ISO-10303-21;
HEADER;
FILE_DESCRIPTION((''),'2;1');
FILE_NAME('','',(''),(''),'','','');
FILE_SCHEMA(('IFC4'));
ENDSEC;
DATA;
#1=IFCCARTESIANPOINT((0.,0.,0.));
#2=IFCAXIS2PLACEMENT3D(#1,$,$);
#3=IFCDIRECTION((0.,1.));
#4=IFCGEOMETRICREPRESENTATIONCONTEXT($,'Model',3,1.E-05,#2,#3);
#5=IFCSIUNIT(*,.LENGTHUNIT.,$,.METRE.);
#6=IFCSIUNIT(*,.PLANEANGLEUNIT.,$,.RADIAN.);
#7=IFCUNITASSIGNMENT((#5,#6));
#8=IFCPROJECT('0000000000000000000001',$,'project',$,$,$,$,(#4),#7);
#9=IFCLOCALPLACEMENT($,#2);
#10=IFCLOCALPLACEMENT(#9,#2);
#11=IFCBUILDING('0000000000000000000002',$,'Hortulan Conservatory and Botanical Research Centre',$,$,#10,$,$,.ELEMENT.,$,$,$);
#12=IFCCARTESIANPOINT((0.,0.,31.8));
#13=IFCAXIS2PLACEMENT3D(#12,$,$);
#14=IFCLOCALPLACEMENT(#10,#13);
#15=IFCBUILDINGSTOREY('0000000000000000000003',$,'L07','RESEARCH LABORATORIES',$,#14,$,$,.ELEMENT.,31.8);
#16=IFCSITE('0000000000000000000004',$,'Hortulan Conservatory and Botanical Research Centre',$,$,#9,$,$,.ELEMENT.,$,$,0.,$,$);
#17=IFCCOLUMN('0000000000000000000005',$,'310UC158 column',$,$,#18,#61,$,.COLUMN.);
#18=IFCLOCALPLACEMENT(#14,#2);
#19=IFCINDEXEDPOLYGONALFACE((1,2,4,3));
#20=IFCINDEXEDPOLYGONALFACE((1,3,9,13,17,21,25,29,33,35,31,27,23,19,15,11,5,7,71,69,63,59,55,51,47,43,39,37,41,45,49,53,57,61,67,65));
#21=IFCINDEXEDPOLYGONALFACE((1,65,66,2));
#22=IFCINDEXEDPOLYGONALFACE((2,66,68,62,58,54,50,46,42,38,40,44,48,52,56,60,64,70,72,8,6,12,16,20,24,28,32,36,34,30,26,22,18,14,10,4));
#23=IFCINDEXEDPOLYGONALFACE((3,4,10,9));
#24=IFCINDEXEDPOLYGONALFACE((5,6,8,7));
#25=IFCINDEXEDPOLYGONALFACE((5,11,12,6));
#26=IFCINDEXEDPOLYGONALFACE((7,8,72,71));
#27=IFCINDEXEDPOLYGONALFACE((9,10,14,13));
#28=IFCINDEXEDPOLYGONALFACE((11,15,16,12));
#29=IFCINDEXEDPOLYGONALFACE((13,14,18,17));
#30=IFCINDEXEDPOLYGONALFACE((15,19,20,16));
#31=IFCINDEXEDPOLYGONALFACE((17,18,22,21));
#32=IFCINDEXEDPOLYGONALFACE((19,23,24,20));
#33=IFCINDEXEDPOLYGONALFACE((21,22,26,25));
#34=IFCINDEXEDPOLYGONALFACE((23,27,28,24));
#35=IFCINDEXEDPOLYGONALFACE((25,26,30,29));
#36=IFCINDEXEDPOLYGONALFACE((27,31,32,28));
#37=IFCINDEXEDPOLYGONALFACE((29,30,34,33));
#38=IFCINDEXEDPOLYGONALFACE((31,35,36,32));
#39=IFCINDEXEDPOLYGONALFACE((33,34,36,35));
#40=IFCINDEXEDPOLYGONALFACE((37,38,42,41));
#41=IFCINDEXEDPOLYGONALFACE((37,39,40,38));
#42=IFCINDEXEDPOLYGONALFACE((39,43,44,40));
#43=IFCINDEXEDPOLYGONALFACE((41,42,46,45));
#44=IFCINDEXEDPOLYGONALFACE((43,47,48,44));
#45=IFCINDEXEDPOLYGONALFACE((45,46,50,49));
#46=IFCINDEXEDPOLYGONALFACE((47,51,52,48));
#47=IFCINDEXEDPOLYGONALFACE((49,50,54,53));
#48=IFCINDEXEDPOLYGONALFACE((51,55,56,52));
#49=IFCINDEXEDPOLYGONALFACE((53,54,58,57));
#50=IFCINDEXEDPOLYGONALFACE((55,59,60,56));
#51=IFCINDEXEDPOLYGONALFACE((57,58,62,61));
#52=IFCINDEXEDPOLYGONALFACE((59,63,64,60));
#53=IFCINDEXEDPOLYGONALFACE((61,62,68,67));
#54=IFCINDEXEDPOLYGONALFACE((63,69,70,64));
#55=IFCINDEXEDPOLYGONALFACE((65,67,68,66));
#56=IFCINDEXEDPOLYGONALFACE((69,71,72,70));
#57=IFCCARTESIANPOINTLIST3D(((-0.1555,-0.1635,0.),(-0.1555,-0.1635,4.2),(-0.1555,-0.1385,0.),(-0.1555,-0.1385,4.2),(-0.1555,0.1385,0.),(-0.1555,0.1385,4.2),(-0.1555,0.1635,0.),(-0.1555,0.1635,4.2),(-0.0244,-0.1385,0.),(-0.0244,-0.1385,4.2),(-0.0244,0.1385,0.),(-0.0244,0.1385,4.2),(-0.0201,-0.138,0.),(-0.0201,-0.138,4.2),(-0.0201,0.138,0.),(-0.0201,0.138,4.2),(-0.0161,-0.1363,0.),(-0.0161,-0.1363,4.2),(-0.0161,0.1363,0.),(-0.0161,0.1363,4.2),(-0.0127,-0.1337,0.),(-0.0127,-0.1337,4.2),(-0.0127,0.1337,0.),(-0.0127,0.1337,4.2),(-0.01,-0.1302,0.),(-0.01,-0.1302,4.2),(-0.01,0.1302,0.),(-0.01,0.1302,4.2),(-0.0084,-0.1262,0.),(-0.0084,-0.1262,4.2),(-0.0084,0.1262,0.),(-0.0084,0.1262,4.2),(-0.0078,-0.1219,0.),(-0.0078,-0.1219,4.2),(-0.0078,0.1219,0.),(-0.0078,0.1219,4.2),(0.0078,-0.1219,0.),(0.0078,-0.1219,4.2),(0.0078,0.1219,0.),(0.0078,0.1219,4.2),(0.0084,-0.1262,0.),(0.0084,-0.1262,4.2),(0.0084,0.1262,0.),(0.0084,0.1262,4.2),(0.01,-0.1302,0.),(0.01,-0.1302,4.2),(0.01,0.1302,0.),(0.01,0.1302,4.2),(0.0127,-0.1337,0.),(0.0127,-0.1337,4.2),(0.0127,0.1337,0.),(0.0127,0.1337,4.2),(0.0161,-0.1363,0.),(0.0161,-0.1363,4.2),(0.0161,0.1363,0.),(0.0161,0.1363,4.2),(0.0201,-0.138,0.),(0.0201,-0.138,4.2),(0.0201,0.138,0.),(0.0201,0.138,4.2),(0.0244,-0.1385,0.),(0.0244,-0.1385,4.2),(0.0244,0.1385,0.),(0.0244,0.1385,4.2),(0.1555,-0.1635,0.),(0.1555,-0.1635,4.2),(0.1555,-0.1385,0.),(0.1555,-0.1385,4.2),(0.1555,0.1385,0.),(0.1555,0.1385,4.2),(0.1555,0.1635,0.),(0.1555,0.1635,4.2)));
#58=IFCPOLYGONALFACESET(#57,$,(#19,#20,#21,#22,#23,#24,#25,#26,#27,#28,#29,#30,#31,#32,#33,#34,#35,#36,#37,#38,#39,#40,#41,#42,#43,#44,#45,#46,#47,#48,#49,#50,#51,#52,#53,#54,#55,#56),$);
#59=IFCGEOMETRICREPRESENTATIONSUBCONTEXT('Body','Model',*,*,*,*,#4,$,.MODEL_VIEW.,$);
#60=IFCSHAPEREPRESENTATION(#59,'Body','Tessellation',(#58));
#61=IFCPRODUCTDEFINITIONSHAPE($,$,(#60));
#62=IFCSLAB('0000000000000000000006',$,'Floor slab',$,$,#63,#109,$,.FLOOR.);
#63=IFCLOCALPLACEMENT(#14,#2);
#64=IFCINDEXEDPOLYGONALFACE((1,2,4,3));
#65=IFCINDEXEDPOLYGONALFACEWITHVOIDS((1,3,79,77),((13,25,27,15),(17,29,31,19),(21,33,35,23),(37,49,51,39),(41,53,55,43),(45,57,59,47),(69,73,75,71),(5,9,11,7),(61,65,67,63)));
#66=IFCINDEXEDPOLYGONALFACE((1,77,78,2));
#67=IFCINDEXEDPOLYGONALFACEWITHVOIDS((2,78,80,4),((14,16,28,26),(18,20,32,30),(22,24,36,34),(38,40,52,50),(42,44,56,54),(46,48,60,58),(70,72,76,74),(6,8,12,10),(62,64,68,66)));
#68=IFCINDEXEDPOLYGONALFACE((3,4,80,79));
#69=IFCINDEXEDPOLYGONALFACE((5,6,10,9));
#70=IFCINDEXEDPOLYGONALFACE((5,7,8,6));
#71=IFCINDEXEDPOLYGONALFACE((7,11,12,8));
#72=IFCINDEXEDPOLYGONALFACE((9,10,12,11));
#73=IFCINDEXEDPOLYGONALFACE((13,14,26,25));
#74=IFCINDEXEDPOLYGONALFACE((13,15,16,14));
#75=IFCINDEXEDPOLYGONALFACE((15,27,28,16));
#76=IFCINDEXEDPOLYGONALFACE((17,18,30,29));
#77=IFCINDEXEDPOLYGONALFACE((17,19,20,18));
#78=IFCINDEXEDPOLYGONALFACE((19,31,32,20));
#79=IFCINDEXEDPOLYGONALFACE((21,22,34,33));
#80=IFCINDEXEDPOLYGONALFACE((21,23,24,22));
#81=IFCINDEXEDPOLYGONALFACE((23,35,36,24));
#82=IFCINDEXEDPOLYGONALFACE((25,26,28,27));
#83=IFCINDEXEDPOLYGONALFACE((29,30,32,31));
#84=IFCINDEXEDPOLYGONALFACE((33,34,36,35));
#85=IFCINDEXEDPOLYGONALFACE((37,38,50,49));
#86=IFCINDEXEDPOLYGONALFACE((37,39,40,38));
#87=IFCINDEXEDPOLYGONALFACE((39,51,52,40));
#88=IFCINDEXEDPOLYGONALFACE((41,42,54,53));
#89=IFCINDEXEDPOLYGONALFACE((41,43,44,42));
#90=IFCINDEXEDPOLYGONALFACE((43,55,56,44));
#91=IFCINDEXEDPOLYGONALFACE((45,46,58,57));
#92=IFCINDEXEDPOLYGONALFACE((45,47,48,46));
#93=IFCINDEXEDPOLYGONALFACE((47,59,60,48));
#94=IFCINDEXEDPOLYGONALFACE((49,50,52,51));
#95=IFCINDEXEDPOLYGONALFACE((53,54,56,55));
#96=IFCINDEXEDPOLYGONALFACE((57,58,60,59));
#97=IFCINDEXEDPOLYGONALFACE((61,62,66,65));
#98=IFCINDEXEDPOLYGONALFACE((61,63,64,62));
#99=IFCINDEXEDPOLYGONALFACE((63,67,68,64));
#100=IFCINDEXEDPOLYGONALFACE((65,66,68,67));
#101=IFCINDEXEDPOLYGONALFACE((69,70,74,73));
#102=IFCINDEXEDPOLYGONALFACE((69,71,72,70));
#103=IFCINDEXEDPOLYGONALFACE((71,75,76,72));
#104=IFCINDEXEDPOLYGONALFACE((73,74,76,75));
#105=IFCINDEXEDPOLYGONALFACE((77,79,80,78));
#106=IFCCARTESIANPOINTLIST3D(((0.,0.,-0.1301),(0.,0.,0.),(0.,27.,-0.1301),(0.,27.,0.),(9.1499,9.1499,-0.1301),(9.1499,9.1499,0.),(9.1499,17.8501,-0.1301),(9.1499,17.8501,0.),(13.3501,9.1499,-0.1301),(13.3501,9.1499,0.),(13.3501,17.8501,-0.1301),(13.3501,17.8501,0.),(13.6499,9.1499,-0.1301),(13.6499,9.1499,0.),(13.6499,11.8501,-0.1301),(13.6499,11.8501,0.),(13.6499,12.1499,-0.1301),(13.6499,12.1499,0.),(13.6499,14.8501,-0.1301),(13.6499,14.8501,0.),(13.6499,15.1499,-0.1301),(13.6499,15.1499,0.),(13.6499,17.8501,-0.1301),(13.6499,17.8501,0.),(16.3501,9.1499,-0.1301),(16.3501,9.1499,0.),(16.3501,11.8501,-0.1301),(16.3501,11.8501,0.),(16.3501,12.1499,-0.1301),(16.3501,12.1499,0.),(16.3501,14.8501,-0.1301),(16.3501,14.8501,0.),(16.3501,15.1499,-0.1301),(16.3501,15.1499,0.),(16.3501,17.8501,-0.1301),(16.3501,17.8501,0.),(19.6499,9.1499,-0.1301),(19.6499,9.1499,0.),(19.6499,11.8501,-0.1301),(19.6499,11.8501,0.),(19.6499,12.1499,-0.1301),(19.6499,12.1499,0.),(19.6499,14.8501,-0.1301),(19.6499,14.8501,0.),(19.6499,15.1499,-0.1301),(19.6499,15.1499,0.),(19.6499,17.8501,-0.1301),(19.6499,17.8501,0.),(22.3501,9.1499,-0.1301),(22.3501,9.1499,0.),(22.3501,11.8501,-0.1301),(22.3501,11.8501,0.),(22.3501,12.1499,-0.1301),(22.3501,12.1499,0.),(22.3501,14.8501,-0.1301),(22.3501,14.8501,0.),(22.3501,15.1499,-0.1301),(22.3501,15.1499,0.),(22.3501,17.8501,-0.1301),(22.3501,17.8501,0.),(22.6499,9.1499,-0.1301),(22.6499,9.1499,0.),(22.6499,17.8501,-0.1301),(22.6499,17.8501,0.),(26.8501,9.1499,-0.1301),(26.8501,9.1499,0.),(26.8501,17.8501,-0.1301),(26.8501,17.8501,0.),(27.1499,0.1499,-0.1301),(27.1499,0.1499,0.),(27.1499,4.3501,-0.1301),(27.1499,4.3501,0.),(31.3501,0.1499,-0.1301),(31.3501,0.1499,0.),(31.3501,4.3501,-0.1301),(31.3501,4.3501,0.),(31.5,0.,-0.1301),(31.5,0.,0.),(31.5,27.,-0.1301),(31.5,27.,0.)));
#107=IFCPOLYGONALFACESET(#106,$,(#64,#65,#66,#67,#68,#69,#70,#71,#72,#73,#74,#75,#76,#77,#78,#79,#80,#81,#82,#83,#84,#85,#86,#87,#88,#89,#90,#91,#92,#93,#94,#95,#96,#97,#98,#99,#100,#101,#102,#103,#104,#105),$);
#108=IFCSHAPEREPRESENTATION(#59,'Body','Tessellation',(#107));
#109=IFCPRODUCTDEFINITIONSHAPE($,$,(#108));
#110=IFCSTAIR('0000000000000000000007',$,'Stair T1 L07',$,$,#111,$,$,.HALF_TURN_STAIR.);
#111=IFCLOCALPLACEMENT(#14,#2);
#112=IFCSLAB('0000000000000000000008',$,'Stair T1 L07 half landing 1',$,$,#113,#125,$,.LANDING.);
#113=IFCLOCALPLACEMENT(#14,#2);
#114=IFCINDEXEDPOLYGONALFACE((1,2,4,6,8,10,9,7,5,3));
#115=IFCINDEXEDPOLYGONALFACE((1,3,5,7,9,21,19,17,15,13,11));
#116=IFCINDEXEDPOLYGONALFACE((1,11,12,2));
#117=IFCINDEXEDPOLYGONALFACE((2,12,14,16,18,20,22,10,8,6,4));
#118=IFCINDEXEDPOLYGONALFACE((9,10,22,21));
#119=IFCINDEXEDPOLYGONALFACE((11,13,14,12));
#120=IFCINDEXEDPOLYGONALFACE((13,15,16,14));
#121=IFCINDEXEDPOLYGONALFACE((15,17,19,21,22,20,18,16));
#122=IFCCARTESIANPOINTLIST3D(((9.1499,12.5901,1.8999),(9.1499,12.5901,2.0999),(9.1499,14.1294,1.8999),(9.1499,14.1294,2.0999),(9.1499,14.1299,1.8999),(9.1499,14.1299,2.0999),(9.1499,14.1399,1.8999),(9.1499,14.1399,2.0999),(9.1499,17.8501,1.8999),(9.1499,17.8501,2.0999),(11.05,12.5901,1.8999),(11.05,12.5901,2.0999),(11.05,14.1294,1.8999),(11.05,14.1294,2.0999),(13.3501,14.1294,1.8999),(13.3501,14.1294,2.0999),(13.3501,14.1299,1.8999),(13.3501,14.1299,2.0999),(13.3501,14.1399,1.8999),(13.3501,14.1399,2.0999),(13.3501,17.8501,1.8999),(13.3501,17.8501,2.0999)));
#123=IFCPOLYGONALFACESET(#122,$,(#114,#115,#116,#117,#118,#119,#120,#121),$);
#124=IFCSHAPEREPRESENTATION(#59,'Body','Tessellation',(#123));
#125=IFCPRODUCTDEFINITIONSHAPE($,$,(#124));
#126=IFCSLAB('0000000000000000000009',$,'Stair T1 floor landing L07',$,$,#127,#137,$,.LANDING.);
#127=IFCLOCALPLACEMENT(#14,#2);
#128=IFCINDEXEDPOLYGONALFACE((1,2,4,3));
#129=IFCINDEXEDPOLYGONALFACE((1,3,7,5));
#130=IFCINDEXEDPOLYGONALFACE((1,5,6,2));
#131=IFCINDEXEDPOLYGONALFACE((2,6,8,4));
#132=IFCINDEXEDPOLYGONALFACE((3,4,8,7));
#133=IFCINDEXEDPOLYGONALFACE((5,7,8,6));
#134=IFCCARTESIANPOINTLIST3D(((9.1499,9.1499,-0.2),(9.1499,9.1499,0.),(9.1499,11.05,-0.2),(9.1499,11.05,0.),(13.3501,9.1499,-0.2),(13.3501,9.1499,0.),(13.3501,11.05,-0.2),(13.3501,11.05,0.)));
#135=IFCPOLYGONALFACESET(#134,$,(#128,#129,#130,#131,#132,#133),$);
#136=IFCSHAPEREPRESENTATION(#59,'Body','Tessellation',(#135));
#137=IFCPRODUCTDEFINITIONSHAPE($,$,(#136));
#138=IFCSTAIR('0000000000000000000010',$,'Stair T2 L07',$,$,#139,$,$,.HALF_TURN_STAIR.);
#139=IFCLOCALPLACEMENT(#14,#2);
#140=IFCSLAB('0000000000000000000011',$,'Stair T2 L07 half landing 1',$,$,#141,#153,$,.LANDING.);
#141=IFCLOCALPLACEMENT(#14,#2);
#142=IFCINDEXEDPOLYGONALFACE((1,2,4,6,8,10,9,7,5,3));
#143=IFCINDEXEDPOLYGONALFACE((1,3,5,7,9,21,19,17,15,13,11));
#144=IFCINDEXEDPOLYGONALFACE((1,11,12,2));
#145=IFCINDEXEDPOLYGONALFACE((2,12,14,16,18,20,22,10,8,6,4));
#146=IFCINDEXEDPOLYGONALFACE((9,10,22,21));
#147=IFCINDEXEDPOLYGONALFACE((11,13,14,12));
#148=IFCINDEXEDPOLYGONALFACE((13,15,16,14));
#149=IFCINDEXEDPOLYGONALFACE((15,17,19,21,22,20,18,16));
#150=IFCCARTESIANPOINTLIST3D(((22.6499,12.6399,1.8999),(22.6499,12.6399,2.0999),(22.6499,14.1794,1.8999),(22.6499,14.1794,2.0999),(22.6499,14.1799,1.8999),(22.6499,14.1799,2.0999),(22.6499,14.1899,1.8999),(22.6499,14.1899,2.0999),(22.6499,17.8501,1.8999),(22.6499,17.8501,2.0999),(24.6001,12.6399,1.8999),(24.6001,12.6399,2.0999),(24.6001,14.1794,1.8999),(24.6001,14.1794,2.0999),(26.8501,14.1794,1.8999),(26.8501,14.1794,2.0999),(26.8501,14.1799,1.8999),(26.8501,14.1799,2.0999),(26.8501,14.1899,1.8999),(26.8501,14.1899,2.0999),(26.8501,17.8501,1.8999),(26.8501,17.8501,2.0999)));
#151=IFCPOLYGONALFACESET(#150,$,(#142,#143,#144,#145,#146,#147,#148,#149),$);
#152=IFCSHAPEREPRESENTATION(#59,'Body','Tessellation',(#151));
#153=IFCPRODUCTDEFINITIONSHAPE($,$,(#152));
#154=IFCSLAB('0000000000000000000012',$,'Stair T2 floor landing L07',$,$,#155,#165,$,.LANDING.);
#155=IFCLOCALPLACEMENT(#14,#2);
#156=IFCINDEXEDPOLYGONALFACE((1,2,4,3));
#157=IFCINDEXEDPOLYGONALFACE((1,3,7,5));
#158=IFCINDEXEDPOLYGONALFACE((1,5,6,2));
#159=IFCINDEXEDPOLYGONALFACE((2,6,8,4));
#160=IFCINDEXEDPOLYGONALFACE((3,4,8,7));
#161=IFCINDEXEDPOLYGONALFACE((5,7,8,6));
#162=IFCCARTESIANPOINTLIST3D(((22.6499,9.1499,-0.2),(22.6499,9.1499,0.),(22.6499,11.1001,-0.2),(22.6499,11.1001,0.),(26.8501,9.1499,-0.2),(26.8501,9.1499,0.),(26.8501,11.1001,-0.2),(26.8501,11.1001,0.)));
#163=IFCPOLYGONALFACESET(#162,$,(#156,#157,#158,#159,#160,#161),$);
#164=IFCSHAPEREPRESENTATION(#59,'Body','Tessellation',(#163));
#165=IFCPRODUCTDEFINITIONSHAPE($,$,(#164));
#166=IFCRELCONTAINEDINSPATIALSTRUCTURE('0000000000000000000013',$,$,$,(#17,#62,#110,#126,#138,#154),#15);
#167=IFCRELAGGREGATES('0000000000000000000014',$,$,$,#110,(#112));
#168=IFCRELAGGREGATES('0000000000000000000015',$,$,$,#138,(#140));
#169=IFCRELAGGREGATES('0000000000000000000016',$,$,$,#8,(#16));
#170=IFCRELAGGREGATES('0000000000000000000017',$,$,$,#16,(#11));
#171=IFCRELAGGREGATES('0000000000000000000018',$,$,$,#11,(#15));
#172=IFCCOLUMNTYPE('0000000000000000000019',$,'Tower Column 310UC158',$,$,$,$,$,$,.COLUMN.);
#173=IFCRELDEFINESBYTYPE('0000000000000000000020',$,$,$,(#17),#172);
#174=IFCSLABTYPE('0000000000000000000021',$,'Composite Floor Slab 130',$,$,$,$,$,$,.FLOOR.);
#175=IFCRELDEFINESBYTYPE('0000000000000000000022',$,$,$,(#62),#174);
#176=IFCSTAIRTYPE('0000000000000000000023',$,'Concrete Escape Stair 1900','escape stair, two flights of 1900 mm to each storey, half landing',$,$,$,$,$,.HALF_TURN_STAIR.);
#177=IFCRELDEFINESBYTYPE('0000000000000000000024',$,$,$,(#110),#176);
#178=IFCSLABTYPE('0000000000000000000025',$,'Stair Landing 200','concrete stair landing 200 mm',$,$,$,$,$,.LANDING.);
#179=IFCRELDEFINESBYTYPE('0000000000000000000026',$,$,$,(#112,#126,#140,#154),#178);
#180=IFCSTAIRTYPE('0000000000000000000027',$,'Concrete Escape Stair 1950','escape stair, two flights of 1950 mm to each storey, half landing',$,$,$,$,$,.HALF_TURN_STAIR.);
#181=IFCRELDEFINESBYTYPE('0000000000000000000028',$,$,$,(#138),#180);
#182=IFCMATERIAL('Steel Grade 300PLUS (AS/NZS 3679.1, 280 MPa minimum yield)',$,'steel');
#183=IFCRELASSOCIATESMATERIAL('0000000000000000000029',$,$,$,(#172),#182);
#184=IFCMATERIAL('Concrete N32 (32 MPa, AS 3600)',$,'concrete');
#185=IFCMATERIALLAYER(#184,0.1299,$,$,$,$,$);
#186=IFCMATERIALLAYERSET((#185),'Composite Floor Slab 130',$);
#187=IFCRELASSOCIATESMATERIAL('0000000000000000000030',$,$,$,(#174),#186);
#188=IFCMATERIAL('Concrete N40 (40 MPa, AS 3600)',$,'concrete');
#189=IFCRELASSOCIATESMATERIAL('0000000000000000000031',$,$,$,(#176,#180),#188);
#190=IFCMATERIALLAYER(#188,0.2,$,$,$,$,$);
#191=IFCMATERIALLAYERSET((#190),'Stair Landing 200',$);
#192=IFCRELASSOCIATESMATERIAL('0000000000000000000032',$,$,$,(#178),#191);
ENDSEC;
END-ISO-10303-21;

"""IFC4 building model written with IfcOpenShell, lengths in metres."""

from ifc_helpers import new_model, si_unit, direction, frame, origin, origin_with_axes, origin_2d, place, context, subcontext, project, spatial, polyline, i_section, outline, extrude, material, layer, layer_set, material_profile, profile_set, type_object, element, aggregate, save


model = new_model("IFC4")

# Units and contexts
model_context = context("Model", 3, precision=1e-05, world=origin(), true_north=direction((0.0, 1.0)))
body_context = subcontext(model_context, "Body", "Model", "MODEL_VIEW")
ifc_project = project(units=[si_unit("LENGTHUNIT", "METRE"), si_unit("PLANEANGLEUNIT", "RADIAN")], contexts=[model_context])

# Site, building, storey
site_placement = place(None, origin())
site = spatial("IfcSite", under=ifc_project, at=site_placement, Name="Hortulan Conservatory and Botanical Research Centre", CompositionType="ELEMENT", RefElevation=0.0)
building_placement = place(site_placement, origin())
building = spatial("IfcBuilding", under=site, at=building_placement, Name="Hortulan Conservatory and Botanical Research Centre", CompositionType="ELEMENT")
storey_placement = place(building_placement, frame((0.0, 0.0, 31.8)))
storey = spatial("IfcBuildingStorey", under=building, at=storey_placement, Name="L07", Description="RESEARCH LABORATORIES", CompositionType="ELEMENT", Elevation=31.8)

# Column
ifc_material_1 = material(Name="Steel Grade 300PLUS (AS/NZS 3679.1, 280 MPa minimum yield)", Category="steel")
ifc_material_profile = material_profile(ifc_material_1, i_section(OverallWidth=0.311, OverallDepth=0.3269, WebThickness=0.0156, FlangeThickness=0.0249, FilletRadius=0.0166, at=origin_2d()), Name="310UC158")
ifc_profile_set = profile_set([ifc_material_profile], Name="Steel Grade 300PLUS (AS/NZS 3679.1, 280 MPa minimum yield)")
column_type = type_object("IfcColumnType", Name="Tower Column 310UC158", PredefinedType="COLUMN", material=ifc_profile_set)
column_placement = place(storey_placement, origin_with_axes())
element("IfcColumn", 1, at=column_placement, inside=storey, type_object=column_type, Name="310UC158 column", PredefinedType="COLUMN", context=body_context, shape_type="SweptSolid", body=[
    extrude(i_section(OverallWidth=0.311, OverallDepth=0.3269, WebThickness=0.0156, FlangeThickness=0.0249, FilletRadius=0.0166, at=origin_2d()), origin(), (0.0, 0.0, 1.0), 4.2),
])

# Slab
ifc_material_2 = material(Name="Concrete N32 (32 MPa, AS 3600)", Category="concrete")
ifc_layer_1 = layer(ifc_material_2, 0.1299)
ifc_layer_set_1 = layer_set([ifc_layer_1], Name="Composite Floor Slab 130")
slab_type_1 = type_object("IfcSlabType", Name="Composite Floor Slab 130", PredefinedType="FLOOR", material=ifc_layer_set_1)
slab_1_placement = place(storey_placement, frame((0.0, 0.0, -0.1301)))
element("IfcSlab", 2, at=slab_1_placement, inside=storey, type_object=slab_type_1, Name="Floor slab", PredefinedType="FLOOR", context=body_context, shape_type="SweptSolid", body=[
    extrude(outline(polyline([(0.0, 0.0), (31.5, 0.0), (31.5, 27.0), (0.0, 27.0), (0.0, 0.0)]), holes=[polyline([(27.1499, 4.3501), (27.1499, 0.1499), (31.3501, 0.1499), (31.3501, 4.3501), (27.1499, 4.3501)]), polyline([(13.6499, 11.8501), (13.6499, 9.1499), (16.3501, 9.1499), (16.3501, 11.8501), (13.6499, 11.8501)]), polyline([(19.6499, 11.8501), (19.6499, 9.1499), (22.3501, 9.1499), (22.3501, 11.8501), (19.6499, 11.8501)]), polyline([(9.1499, 17.8501), (9.1499, 9.1499), (13.3501, 9.1499), (13.3501, 17.8501), (9.1499, 17.8501)]), polyline([(13.6499, 14.8501), (13.6499, 12.1499), (16.3501, 12.1499), (16.3501, 14.8501), (13.6499, 14.8501)]), polyline([(19.6499, 14.8501), (19.6499, 12.1499), (22.3501, 12.1499), (22.3501, 14.8501), (19.6499, 14.8501)]), polyline([(22.6499, 17.8501), (22.6499, 9.1499), (26.8501, 9.1499), (26.8501, 17.8501), (22.6499, 17.8501)]), polyline([(16.3501, 17.8501), (13.6499, 17.8501), (13.6499, 15.1499), (16.3501, 15.1499), (16.3501, 17.8501)]), polyline([(22.3501, 17.8501), (19.6499, 17.8501), (19.6499, 15.1499), (22.3501, 15.1499), (22.3501, 17.8501)])]), origin(), (0.0, 0.0, 1.0), 0.1301),
])

# Stair, slab
ifc_material_3 = material(Name="Concrete N40 (40 MPa, AS 3600)", Category="concrete")
stair_type_1 = type_object("IfcStairType", Name="Concrete Escape Stair 1900", Description="escape stair, two flights of 1900 mm to each storey, half landing", PredefinedType="HALF_TURN_STAIR", material=ifc_material_3)
stair_1_placement = place(storey_placement, origin())
stair_1 = element("IfcStair", 3, at=stair_1_placement, inside=storey, type_object=stair_type_1, Name="Stair T1 L07", PredefinedType="HALF_TURN_STAIR")
ifc_layer_2 = layer(ifc_material_3, 0.2)
ifc_layer_set_2 = layer_set([ifc_layer_2], Name="Stair Landing 200")
slab_type_2 = type_object("IfcSlabType", Name="Stair Landing 200", Description="concrete stair landing 200 mm", PredefinedType="LANDING", material=ifc_layer_set_2)
slab_2_placement = place(storey_placement, frame((0.0, 0.0, 1.8999)))
slab_2 = element("IfcSlab", 4, at=slab_2_placement, type_object=slab_type_2, Name="Stair T1 L07 half landing 1", PredefinedType="LANDING", context=body_context, shape_type="SweptSolid", body=[
    extrude(outline(polyline([(13.3501, 14.1294), (11.05, 14.1294), (11.05, 12.5901), (9.1499, 12.5901), (9.1499, 14.1294), (9.1499, 14.1299), (9.1499, 14.1399), (9.1499, 17.8501), (13.3501, 17.8501), (13.3501, 14.1399), (13.3501, 14.1299), (13.3501, 14.1294)])), origin(), (0.0, 0.0, 1.0), 0.2),
])
aggregate(stair_1, [slab_2])

# Slab
slab_3_placement = place(storey_placement, frame((0.0, 0.0, -0.2)))
element("IfcSlab", 5, at=slab_3_placement, inside=storey, type_object=slab_type_2, Name="Stair T1 floor landing L07", PredefinedType="LANDING", context=body_context, shape_type="SweptSolid", body=[
    extrude(outline(polyline([(13.3501, 9.1499), (9.1499, 9.1499), (9.1499, 11.05), (13.3501, 11.05), (13.3501, 9.1499)])), origin(), (0.0, 0.0, 1.0), 0.2),
])

# Stair, slab
stair_type_2 = type_object("IfcStairType", Name="Concrete Escape Stair 1950", Description="escape stair, two flights of 1950 mm to each storey, half landing", PredefinedType="HALF_TURN_STAIR", material=ifc_material_3)
stair_2_placement = place(storey_placement, origin())
stair_2 = element("IfcStair", 6, at=stair_2_placement, inside=storey, type_object=stair_type_2, Name="Stair T2 L07", PredefinedType="HALF_TURN_STAIR")
slab_4_placement = place(storey_placement, frame((0.0, 0.0, 1.8999)))
slab_4 = element("IfcSlab", 7, at=slab_4_placement, type_object=slab_type_2, Name="Stair T2 L07 half landing 1", PredefinedType="LANDING", context=body_context, shape_type="SweptSolid", body=[
    extrude(outline(polyline([(26.8501, 14.1794), (24.6001, 14.1794), (24.6001, 12.6399), (22.6499, 12.6399), (22.6499, 14.1794), (22.6499, 14.1799), (22.6499, 14.1899), (22.6499, 17.8501), (26.8501, 17.8501), (26.8501, 14.1899), (26.8501, 14.1799), (26.8501, 14.1794)])), origin(), (0.0, 0.0, 1.0), 0.2),
])
aggregate(stair_2, [slab_4])

# Slab
slab_5_placement = place(storey_placement, frame((0.0, 0.0, -0.2)))
element("IfcSlab", 8, at=slab_5_placement, inside=storey, type_object=slab_type_2, Name="Stair T2 floor landing L07", PredefinedType="LANDING", context=body_context, shape_type="SweptSolid", body=[
    extrude(outline(polyline([(26.8501, 9.1499), (22.6499, 9.1499), (22.6499, 11.1001), (26.8501, 11.1001), (26.8501, 9.1499)])), origin(), (0.0, 0.0, 1.0), 0.2),
])

save(model, "model.ifc")
